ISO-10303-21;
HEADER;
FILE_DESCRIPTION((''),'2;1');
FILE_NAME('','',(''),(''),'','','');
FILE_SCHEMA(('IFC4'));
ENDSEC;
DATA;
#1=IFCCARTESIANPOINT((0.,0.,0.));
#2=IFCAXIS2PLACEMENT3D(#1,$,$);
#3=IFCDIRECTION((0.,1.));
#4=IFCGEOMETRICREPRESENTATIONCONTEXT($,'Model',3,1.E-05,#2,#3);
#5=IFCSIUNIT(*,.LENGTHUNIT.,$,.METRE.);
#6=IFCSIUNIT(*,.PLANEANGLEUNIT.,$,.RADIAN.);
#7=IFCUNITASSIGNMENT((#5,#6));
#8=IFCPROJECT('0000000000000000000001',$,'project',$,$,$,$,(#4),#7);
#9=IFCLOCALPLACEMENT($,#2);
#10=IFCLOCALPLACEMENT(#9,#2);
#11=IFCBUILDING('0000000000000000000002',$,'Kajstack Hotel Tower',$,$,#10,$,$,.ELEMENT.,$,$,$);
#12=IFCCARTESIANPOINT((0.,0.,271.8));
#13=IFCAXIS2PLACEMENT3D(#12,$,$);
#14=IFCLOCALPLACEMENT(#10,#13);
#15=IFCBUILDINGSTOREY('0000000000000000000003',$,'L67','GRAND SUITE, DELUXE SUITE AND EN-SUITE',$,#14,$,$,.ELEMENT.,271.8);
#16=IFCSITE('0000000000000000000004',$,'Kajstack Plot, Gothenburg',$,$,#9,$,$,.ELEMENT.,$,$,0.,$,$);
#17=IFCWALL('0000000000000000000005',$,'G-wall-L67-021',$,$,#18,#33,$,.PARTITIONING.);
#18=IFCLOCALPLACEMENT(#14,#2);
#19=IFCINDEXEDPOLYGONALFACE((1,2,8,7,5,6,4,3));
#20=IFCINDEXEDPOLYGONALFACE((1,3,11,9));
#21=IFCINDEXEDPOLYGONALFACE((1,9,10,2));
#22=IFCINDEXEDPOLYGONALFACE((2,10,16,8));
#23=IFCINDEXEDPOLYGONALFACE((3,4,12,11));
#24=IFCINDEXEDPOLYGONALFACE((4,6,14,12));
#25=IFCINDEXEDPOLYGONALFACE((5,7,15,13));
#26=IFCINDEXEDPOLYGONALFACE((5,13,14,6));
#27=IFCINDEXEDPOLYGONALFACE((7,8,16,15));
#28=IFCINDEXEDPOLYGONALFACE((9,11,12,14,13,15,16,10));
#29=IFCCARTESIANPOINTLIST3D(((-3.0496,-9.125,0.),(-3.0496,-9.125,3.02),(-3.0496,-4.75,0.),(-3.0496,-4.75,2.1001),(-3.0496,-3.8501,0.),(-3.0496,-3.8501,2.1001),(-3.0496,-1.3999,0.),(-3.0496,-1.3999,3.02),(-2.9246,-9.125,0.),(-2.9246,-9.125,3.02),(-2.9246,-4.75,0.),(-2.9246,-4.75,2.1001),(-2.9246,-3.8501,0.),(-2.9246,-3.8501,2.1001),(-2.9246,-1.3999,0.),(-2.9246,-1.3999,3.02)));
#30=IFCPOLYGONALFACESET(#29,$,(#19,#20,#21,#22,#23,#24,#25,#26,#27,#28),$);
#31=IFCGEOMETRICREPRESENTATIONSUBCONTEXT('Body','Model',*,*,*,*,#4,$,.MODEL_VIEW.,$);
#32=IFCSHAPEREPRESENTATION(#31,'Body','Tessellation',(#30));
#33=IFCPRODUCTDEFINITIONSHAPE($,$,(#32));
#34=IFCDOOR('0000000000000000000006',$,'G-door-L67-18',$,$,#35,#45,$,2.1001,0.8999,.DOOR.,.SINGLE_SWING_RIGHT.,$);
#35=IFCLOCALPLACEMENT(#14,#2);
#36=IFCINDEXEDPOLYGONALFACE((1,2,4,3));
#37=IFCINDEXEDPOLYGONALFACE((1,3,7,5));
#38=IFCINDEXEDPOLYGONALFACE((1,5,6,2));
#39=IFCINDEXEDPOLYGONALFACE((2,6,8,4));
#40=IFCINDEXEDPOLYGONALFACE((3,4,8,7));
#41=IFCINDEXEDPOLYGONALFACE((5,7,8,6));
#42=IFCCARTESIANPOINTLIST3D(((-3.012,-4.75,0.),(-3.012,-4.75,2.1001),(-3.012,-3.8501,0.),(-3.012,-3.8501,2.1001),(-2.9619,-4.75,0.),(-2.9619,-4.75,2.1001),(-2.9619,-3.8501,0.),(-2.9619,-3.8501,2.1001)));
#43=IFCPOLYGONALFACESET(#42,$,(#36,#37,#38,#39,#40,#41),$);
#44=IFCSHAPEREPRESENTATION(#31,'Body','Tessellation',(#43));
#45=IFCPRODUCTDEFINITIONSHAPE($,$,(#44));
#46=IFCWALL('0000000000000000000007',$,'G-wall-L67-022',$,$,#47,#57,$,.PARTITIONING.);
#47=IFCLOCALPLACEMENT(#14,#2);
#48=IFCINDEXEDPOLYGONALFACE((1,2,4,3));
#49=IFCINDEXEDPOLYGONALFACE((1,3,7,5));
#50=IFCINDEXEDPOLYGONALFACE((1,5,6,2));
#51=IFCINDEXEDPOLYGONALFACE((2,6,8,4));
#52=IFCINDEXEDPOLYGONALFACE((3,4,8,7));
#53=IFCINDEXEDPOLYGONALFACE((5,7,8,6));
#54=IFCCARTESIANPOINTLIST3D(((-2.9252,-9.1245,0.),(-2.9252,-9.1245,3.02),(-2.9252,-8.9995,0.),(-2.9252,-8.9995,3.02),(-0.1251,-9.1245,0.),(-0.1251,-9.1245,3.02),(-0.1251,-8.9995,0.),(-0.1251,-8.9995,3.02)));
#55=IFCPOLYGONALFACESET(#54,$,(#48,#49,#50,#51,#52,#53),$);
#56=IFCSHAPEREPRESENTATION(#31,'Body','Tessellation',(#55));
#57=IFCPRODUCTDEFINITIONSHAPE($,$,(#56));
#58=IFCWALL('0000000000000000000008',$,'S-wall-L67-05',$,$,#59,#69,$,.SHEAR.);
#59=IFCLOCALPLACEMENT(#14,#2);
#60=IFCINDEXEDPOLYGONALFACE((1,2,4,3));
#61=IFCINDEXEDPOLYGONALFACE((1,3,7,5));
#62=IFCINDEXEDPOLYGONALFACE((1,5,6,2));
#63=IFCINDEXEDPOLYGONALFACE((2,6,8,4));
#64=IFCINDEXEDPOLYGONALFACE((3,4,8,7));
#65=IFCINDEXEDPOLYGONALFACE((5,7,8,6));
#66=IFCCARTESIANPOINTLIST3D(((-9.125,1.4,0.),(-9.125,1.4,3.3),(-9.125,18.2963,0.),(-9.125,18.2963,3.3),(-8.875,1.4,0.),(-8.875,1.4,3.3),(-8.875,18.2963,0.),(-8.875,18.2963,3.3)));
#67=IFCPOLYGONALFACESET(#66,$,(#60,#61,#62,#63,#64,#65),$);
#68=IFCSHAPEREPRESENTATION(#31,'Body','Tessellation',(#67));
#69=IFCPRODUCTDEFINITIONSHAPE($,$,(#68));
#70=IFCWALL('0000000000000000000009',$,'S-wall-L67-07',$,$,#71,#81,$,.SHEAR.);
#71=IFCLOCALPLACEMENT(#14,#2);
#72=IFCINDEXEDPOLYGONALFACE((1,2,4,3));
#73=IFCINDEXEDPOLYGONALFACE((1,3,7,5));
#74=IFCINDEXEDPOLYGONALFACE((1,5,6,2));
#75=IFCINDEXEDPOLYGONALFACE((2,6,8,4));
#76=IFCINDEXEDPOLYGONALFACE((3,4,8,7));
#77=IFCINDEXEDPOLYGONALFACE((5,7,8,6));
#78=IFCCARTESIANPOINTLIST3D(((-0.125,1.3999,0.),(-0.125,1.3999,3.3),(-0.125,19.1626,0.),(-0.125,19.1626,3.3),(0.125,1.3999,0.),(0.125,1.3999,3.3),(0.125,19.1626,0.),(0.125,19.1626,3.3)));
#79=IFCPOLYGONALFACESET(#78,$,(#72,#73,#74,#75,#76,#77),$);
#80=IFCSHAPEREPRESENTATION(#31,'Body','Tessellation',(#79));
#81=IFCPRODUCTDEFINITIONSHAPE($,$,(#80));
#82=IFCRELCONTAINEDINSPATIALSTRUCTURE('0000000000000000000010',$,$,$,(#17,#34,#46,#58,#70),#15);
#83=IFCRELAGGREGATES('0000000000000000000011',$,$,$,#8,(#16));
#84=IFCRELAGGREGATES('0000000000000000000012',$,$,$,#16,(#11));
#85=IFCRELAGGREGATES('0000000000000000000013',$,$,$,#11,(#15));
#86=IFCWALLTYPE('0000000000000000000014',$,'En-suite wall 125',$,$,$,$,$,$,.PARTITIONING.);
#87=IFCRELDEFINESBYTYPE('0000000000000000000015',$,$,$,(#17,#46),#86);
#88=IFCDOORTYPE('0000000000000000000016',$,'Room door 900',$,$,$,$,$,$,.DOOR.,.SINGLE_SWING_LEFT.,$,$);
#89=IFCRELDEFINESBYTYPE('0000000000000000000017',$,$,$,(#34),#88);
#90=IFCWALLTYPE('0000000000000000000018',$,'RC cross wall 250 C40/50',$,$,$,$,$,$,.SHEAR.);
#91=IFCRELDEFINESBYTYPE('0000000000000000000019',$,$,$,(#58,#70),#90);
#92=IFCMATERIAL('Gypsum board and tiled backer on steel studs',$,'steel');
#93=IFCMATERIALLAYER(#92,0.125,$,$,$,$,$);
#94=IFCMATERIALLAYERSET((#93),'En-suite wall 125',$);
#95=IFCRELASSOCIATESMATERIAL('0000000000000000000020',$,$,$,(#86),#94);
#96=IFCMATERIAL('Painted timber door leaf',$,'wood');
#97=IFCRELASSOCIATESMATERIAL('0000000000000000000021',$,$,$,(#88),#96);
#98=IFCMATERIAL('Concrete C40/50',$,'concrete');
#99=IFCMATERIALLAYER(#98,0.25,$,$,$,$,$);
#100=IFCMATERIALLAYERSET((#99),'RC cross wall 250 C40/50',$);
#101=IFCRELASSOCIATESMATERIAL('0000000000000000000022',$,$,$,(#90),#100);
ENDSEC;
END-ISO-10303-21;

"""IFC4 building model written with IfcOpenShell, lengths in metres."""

from ifc_helpers import new_model, si_unit, direction, frame, frame_2d, origin, place, context, subcontext, project, spatial, rectangle, extrude, material, layer, layer_set, type_object, element, fill, save


model = new_model("IFC4")

# Units and contexts
model_context = context("Model", 3, precision=1e-05, world=origin(), true_north=direction((0.0, 1.0)))
body_context = subcontext(model_context, "Body", "Model", "MODEL_VIEW")
ifc_project = project(units=[si_unit("LENGTHUNIT", "METRE"), si_unit("PLANEANGLEUNIT", "RADIAN")], contexts=[model_context])

# Site, building, storey
site_placement = place(None, origin())
site = spatial("IfcSite", under=ifc_project, at=site_placement, Name="Kajstack Plot, Gothenburg", CompositionType="ELEMENT", RefElevation=0.0)
building_placement = place(site_placement, origin())
building = spatial("IfcBuilding", under=site, at=building_placement, Name="Kajstack Hotel Tower", CompositionType="ELEMENT")
storey_placement = place(building_placement, frame((0.0, 0.0, 271.8)))
storey = spatial("IfcBuildingStorey", under=building, at=storey_placement, Name="L67", Description="GRAND SUITE, DELUXE SUITE AND EN-SUITE", CompositionType="ELEMENT", Elevation=271.8)

# Shared definitions
ifc_material_1 = material(Name="Concrete C40/50", Category="concrete")

# Shared definitions
ifc_material_2 = material(Name="Gypsum board and tiled backer on steel studs", Category="steel")
ifc_layer_1 = layer(ifc_material_2, 0.125)
ifc_layer_set_1 = layer_set([ifc_layer_1], Name="En-suite wall 125")
wall_type_1 = type_object("IfcWallType", Name="En-suite wall 125", PredefinedType="PARTITIONING", material=ifc_layer_set_1)
ifc_material_3 = material(Name="Painted timber door leaf", Category="wood")
door_type = type_object("IfcDoorType", Name="Room door 900", OperationType="SINGLE_SWING_LEFT", PredefinedType="DOOR", material=ifc_material_3)

# Wall, opening, door
wall_1_placement = place(storey_placement, frame((-2.9871, -9.125, 0.0), z_axis=(0.0, 0.0, 1.0), x_axis=(0.0, 1.0, 0.0)))
wall_1 = element("IfcWall", 1, at=wall_1_placement, inside=storey, type_object=wall_type_1, Name="G-wall-L67-021", PredefinedType="PARTITIONING", context=body_context, shape_type="SweptSolid", body=[
    extrude(rectangle(XDim=7.7251, YDim=0.125, at=frame_2d((3.8625, 0.0))), origin(), (0.0, 0.0, 1.0), 3.02),
])
opening_1_placement = place(wall_1_placement, frame((4.375, 0.0, 0.0)))
opening_1 = element("IfcOpeningElement", 2, at=opening_1_placement, cuts=wall_1, PredefinedType="OPENING", context=body_context, shape_type="SweptSolid", body=[
    extrude(rectangle(XDim=0.8999, YDim=2.1001, at=frame_2d((0.45, 1.05))), frame((0.0, 0.0725, 0.0), z_axis=(0.0, -1.0, 0.0), x_axis=(1.0, 0.0, 0.0)), (0.0, 0.0, 1.0), 0.145),
])
door_1_placement = place(opening_1_placement, origin())
door_1 = element("IfcDoor", 3, at=door_1_placement, inside=storey, type_object=door_type, Name="G-door-L67-18", OperationType="SINGLE_SWING_RIGHT", OverallHeight=2.1001, OverallWidth=0.8999, PredefinedType="DOOR", context=body_context, shape_type="SweptSolid", body=[
    extrude(rectangle(XDim=0.8999, YDim=2.1001, at=frame_2d((0.45, 1.05))), frame((0.0, 0.0249, 0.0), z_axis=(0.0, -1.0, 0.0), x_axis=(1.0, 0.0, 0.0)), (0.0, 0.0, 1.0), 0.05),
])
fill(opening_1, door_1)

# Walls
wall_2_placement = place(storey_placement, frame((-2.925, -9.062, 0.0), z_axis=(0.0, 0.0, 1.0), x_axis=(1.0, 0.0, 0.0)))
element("IfcWall", 4, at=wall_2_placement, inside=storey, type_object=wall_type_1, Name="G-wall-L67-022", PredefinedType="PARTITIONING", context=body_context, shape_type="SweptSolid", body=[
    extrude(rectangle(XDim=2.8, YDim=0.125, at=frame_2d((1.3999, 0.0))), origin(), (0.0, 0.0, 1.0), 3.02),
])
ifc_layer_2 = layer(ifc_material_1, 0.25)
ifc_layer_set_2 = layer_set([ifc_layer_2], Name="RC cross wall 250 C40/50")
wall_type_2 = type_object("IfcWallType", Name="RC cross wall 250 C40/50", PredefinedType="SHEAR", material=ifc_layer_set_2)
wall_3_placement = place(storey_placement, frame((-9.0, 1.3999, 0.0), z_axis=(0.0, 0.0, 1.0), x_axis=(0.0, 1.0, 0.0)))
element("IfcWall", 5, at=wall_3_placement, inside=storey, type_object=wall_type_2, Name="S-wall-L67-05", PredefinedType="SHEAR", context=body_context, shape_type="SweptSolid", body=[
    extrude(rectangle(XDim=16.8962, YDim=0.25, at=frame_2d((8.4482, 0.0))), origin(), (0.0, 0.0, 1.0), 3.3),
])
wall_4_placement = place(storey_placement, frame((0.0, 1.3999, 0.0), z_axis=(0.0, 0.0, 1.0), x_axis=(0.0, 1.0, 0.0)))
element("IfcWall", 6, at=wall_4_placement, inside=storey, type_object=wall_type_2, Name="S-wall-L67-07", PredefinedType="SHEAR", context=body_context, shape_type="SweptSolid", body=[
    extrude(rectangle(XDim=17.7627, YDim=0.25, at=frame_2d((8.8813, 0.0))), origin(), (0.0, 0.0, 1.0), 3.3),
])

save(model, "model.ifc")
